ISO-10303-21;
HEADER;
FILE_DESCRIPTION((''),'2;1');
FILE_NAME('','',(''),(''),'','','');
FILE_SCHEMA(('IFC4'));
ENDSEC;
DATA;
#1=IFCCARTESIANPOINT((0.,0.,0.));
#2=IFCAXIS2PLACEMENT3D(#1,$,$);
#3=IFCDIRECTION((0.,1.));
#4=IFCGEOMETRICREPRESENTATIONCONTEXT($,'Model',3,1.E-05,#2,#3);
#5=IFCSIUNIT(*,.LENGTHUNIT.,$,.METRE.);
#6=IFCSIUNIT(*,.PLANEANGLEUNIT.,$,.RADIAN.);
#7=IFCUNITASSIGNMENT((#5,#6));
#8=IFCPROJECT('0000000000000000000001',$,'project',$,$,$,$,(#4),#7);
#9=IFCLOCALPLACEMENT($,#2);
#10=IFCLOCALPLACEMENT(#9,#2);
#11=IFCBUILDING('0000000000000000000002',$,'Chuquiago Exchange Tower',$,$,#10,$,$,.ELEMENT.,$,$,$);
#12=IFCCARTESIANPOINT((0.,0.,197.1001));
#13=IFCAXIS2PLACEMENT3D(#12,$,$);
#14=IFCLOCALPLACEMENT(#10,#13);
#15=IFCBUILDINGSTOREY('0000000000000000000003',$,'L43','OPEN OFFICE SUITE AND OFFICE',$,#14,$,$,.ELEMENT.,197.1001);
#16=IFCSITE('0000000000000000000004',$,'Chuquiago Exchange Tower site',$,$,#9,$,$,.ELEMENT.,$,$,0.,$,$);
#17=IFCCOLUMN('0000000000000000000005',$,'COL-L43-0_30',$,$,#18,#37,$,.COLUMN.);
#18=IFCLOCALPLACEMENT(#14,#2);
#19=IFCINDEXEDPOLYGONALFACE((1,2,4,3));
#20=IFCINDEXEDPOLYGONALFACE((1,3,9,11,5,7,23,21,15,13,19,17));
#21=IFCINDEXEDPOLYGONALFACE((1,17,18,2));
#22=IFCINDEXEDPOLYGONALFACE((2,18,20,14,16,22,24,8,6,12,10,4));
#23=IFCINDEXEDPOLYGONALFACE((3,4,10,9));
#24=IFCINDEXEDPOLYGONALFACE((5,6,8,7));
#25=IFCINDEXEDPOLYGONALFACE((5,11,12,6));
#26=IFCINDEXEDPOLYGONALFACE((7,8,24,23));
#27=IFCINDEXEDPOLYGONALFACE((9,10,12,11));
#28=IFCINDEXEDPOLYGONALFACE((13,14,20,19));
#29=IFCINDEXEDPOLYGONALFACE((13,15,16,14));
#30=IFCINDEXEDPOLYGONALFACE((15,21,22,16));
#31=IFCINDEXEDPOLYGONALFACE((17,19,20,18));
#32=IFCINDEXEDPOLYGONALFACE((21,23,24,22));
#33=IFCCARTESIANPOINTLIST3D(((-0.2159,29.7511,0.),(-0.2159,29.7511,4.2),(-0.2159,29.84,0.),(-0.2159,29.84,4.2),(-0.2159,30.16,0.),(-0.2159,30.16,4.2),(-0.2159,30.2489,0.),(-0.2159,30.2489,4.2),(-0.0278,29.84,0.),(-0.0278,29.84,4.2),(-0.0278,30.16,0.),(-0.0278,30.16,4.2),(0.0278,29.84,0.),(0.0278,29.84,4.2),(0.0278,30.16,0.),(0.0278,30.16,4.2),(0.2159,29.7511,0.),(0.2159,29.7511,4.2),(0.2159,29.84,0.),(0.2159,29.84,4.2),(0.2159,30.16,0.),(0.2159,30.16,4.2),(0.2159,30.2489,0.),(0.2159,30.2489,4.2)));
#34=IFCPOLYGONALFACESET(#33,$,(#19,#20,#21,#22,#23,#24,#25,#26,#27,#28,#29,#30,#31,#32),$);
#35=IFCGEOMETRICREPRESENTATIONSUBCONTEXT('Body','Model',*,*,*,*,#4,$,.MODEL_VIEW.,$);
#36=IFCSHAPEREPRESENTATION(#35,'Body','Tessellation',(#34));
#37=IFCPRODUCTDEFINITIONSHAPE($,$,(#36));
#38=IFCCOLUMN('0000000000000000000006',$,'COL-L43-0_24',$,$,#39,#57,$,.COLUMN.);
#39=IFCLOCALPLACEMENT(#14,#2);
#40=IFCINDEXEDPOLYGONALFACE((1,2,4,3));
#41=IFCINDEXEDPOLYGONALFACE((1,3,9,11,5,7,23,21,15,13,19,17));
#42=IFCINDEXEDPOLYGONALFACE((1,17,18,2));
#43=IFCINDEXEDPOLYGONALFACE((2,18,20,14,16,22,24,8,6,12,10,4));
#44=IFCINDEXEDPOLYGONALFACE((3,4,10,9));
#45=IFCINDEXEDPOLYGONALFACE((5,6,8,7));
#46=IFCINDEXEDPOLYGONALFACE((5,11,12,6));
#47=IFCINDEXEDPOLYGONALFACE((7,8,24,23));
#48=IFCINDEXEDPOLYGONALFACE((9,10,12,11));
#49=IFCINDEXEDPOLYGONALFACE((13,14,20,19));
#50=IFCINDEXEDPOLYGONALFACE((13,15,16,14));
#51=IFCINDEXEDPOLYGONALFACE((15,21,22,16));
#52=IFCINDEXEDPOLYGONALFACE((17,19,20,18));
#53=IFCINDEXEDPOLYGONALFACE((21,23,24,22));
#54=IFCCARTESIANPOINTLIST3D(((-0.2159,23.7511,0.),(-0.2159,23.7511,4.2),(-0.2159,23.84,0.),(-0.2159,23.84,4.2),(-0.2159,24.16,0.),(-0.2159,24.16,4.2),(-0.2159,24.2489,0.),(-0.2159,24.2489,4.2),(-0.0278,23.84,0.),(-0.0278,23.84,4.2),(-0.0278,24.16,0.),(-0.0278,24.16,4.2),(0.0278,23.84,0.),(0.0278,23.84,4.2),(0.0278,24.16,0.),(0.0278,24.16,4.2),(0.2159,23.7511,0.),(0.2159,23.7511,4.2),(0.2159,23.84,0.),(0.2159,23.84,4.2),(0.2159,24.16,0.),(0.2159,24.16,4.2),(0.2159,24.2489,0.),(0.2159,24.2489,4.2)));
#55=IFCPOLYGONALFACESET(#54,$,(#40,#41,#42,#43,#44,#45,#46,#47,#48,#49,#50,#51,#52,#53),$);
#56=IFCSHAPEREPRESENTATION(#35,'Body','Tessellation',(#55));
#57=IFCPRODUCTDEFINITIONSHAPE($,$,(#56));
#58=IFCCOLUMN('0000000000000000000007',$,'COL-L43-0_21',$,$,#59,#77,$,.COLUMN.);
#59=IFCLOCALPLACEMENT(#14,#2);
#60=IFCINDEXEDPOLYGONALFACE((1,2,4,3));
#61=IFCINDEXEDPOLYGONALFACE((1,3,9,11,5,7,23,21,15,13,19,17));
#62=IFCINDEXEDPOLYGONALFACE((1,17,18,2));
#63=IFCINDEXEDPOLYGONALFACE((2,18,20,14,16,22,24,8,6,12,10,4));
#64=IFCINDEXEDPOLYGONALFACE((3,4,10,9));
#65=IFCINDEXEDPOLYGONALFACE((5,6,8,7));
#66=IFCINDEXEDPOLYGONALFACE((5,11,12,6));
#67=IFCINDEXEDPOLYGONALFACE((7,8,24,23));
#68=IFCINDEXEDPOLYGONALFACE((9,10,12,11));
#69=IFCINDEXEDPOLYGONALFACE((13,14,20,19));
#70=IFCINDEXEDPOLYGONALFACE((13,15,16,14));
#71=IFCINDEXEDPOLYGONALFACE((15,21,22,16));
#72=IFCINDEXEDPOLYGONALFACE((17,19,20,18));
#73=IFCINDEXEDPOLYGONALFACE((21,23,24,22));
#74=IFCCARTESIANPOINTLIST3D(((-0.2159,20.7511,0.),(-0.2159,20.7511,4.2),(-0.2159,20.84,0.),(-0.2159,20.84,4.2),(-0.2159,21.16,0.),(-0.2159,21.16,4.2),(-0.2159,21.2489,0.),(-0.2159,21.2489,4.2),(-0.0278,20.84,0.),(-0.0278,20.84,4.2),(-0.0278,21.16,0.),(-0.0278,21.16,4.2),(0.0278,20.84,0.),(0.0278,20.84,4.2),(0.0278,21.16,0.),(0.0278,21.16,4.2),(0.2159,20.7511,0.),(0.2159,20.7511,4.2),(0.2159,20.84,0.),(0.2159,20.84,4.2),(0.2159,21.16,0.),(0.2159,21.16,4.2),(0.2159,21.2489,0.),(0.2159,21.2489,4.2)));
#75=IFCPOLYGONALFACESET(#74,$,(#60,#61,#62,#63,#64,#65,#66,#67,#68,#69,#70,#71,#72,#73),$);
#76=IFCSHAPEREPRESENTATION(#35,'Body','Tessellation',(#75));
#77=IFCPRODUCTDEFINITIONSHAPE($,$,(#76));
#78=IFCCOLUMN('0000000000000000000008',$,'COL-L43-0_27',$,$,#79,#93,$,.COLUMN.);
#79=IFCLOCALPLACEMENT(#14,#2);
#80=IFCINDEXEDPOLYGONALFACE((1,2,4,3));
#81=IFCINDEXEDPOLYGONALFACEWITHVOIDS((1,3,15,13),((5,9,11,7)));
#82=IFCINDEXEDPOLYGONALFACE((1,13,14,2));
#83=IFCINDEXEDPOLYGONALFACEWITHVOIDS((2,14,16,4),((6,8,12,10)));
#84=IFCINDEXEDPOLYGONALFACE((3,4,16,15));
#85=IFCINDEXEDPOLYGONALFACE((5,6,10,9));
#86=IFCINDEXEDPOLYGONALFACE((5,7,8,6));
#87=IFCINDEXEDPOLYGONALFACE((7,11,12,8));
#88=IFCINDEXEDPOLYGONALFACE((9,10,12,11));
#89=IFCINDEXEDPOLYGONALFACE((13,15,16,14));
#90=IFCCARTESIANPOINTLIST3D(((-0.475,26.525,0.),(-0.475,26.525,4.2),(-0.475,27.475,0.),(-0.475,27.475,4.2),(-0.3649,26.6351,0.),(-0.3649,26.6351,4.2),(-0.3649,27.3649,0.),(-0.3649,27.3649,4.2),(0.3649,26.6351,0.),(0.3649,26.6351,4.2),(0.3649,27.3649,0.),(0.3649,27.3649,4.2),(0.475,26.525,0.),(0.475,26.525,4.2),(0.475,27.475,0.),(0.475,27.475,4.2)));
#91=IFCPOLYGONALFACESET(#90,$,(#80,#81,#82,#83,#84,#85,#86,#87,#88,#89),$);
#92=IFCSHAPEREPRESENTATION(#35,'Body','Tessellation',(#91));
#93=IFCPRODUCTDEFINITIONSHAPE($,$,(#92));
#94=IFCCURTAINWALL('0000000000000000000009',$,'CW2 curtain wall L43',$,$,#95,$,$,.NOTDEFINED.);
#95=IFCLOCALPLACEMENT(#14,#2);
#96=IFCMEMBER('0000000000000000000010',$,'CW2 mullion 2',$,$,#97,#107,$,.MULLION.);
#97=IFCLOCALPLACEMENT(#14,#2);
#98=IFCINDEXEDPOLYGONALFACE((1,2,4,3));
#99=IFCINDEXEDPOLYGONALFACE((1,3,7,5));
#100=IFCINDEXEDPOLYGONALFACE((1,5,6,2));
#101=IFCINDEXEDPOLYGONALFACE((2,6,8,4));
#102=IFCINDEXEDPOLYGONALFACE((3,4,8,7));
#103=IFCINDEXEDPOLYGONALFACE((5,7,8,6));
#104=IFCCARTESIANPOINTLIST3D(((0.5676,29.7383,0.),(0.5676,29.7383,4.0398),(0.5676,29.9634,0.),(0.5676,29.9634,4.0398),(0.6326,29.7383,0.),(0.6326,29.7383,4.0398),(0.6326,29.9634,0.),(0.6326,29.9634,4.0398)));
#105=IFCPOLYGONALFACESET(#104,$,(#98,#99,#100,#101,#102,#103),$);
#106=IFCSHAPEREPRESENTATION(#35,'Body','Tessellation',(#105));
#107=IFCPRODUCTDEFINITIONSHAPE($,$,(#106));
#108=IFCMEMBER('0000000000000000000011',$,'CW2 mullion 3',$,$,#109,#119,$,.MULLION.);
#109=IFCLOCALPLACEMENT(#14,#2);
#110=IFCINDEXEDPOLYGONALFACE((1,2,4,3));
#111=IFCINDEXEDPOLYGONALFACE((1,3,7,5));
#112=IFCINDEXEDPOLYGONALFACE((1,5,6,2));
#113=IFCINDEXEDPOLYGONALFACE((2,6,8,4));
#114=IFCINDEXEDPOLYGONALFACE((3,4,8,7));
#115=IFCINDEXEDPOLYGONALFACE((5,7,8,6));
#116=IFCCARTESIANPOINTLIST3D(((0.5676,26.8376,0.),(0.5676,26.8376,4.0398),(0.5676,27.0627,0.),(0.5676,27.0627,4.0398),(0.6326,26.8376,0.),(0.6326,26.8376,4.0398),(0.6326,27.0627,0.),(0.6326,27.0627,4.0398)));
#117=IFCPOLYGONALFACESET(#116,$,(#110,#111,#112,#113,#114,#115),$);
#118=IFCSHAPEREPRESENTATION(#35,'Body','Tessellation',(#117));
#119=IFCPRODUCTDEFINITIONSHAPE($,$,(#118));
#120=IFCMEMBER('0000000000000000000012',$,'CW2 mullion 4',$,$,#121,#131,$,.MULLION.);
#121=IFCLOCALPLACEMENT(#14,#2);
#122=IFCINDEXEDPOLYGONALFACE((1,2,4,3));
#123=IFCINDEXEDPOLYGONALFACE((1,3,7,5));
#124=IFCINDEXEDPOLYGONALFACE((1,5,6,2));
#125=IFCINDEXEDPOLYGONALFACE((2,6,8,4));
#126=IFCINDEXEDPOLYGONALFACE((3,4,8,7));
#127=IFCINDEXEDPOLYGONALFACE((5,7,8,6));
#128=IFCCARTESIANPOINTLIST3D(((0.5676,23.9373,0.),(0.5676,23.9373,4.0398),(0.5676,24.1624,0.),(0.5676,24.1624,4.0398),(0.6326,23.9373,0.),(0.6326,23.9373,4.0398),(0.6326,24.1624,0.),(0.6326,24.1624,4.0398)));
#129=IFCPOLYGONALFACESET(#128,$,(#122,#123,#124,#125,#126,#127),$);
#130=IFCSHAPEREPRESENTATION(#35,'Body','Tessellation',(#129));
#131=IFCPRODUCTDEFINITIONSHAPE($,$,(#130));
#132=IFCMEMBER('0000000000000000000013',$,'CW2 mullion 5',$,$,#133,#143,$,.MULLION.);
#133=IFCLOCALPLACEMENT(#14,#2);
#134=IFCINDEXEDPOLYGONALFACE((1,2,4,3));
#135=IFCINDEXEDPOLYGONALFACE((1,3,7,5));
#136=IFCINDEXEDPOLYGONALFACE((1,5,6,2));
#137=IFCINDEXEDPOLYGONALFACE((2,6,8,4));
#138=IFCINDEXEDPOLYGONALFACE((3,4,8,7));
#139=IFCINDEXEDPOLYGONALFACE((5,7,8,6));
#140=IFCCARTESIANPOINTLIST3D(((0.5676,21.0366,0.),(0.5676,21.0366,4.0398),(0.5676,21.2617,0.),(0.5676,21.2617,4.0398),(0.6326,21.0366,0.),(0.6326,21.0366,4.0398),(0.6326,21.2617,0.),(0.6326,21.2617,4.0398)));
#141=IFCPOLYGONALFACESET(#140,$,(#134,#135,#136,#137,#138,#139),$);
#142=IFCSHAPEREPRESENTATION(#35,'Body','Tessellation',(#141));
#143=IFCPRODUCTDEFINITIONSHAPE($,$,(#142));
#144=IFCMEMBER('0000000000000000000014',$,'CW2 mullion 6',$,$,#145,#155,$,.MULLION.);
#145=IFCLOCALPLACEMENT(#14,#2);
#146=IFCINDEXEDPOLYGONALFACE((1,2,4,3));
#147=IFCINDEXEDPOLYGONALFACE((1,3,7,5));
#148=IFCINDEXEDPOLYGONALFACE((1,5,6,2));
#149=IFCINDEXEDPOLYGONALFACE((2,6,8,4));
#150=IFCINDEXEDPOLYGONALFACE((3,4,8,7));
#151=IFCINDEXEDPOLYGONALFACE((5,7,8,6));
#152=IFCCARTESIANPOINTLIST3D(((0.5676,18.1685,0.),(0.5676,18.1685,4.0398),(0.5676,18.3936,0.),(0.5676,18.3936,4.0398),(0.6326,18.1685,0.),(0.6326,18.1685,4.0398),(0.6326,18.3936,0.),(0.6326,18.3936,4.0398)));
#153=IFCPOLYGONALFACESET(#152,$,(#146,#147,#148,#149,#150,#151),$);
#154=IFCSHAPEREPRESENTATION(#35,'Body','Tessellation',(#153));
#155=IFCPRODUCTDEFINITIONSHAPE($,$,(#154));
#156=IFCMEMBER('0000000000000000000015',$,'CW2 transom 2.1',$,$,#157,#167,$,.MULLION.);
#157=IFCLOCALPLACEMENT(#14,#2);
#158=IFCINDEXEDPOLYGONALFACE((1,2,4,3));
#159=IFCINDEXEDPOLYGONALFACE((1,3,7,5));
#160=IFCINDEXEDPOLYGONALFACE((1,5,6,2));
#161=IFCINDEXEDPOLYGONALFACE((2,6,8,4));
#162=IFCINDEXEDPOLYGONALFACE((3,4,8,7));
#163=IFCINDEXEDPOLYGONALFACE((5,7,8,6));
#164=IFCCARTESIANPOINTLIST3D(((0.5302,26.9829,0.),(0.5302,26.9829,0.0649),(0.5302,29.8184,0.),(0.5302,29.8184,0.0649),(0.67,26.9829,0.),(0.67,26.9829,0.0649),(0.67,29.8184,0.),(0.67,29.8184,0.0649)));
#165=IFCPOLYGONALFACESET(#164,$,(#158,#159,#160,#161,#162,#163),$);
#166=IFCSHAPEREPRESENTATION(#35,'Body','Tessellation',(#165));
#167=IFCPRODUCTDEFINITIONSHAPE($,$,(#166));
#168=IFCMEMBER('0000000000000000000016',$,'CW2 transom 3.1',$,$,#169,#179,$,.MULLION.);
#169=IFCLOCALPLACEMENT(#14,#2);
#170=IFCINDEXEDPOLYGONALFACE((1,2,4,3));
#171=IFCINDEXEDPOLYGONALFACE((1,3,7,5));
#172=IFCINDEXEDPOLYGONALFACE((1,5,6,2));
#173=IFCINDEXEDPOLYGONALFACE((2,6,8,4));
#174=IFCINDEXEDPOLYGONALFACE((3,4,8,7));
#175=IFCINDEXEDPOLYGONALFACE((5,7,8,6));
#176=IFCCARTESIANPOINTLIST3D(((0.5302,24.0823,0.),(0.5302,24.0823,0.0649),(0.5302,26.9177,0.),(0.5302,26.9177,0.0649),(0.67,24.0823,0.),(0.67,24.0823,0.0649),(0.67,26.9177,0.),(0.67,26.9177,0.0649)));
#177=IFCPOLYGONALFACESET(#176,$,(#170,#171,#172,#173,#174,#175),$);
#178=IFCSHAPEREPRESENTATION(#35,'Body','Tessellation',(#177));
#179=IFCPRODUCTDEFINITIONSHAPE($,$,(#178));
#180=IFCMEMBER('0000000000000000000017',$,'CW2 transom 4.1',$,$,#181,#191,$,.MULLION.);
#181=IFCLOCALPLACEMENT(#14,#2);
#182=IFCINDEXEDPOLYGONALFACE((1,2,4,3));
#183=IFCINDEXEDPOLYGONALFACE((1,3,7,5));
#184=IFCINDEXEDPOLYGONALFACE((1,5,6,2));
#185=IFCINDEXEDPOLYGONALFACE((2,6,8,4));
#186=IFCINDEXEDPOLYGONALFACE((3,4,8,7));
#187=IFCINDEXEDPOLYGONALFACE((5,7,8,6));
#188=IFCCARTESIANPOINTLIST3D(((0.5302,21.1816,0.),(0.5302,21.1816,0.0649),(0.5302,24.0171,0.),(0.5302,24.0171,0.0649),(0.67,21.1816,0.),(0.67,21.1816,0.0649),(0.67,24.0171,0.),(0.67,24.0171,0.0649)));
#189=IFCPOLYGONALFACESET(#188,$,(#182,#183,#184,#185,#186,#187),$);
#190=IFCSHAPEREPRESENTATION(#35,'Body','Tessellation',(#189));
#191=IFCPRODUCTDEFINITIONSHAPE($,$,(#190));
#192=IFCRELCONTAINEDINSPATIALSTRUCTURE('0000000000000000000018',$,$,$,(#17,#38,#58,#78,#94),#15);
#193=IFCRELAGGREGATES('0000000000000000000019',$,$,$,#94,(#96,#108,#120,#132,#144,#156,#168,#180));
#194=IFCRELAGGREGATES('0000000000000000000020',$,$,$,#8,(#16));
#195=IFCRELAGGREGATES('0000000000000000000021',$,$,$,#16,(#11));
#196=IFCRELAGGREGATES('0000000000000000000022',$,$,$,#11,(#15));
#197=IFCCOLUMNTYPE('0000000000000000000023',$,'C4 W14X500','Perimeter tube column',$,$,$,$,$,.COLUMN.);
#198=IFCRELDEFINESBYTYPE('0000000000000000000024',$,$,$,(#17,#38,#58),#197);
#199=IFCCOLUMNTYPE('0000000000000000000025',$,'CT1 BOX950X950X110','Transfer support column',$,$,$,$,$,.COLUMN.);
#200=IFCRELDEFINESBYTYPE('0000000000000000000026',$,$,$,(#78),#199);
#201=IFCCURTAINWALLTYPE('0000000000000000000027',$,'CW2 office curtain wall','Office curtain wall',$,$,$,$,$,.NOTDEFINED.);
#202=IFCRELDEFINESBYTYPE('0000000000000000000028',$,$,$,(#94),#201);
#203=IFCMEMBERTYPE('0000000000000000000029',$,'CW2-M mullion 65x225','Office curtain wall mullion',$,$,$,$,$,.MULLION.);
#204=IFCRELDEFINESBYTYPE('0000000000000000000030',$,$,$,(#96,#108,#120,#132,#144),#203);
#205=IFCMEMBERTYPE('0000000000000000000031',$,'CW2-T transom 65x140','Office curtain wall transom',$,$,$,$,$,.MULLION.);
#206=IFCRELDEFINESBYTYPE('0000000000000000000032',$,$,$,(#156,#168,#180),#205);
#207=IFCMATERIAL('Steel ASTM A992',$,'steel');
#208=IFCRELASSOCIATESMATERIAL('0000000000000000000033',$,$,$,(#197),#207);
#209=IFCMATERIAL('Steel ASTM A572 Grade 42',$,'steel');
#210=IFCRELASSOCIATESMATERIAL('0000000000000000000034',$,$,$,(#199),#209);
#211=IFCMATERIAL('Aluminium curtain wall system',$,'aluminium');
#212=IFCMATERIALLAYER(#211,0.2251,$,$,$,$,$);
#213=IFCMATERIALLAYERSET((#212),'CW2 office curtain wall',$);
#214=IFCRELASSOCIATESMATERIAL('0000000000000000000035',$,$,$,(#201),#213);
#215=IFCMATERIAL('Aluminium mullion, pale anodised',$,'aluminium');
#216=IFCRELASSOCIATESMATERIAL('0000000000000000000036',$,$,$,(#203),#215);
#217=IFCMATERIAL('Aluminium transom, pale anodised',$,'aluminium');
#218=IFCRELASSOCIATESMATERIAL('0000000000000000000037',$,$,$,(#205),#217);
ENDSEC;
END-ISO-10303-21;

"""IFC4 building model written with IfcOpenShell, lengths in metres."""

from ifc_helpers import new_model, si_unit, direction, frame, origin, origin_2d, place, context, subcontext, project, spatial, rectangle, hollow_rectangle, i_section, extrude, material, layer, layer_set, material_profile, profile_set, type_object, element, aggregate, save


model = new_model("IFC4")

# Units and contexts
model_context = context("Model", 3, precision=1e-05, world=origin(), true_north=direction((0.0, 1.0)))
body_context = subcontext(model_context, "Body", "Model", "MODEL_VIEW")
ifc_project = project(units=[si_unit("LENGTHUNIT", "METRE"), si_unit("PLANEANGLEUNIT", "RADIAN")], contexts=[model_context])

# Site, building, storey
site_placement = place(None, origin())
site = spatial("IfcSite", under=ifc_project, at=site_placement, Name="Chuquiago Exchange Tower site", CompositionType="ELEMENT", RefElevation=0.0)
building_placement = place(site_placement, origin())
building = spatial("IfcBuilding", under=site, at=building_placement, Name="Chuquiago Exchange Tower", CompositionType="ELEMENT")
storey_placement = place(building_placement, frame((0.0, 0.0, 197.1001)))
storey = spatial("IfcBuildingStorey", under=building, at=storey_placement, Name="L43", Description="OPEN OFFICE SUITE AND OFFICE", CompositionType="ELEMENT", Elevation=197.1001)

# Columns
ifc_material_1 = material(Name="Steel ASTM A992", Category="steel")
ifc_material_profile_1 = material_profile(ifc_material_1, i_section(OverallWidth=0.4319, OverallDepth=0.4978, WebThickness=0.0557, FlangeThickness=0.0889, at=origin_2d()), Name="W14X500")
ifc_profile_set_1 = profile_set([ifc_material_profile_1], Name="Steel ASTM A992")
column_type_1 = type_object("IfcColumnType", Name="C4 W14X500", Description="Perimeter tube column", PredefinedType="COLUMN", material=ifc_profile_set_1)
for number, where, z_axis, x_axis, name in (
    (1, (0.0, 30.0, 0.0), (0.0, 0.0, 1.0), (-1.0, 0.0, 0.0), "COL-L43-0_30"),
    (2, (0.0, 24.0, 0.0), (0.0, 0.0, 1.0), (-1.0, 0.0, 0.0), "COL-L43-0_24"),
    (3, (0.0, 21.0, 0.0), (0.0, 0.0, 1.0), (-1.0, 0.0, 0.0), "COL-L43-0_21"),
):
    element("IfcColumn", number, at=place(storey_placement, frame(where, z_axis=z_axis, x_axis=x_axis)), inside=storey, type_object=column_type_1, Name=name, PredefinedType="COLUMN", context=body_context, shape_type="SweptSolid", body=[
        extrude(i_section(OverallWidth=0.4319, OverallDepth=0.4978, WebThickness=0.0557, FlangeThickness=0.0889, at=origin_2d()), origin(), (0.0, 0.0, 1.0), 4.2),
    ])
ifc_material_2 = material(Name="Steel ASTM A572 Grade 42", Category="steel")
ifc_material_profile_2 = material_profile(ifc_material_2, hollow_rectangle(XDim=0.95, YDim=0.95, WallThickness=0.1101, at=origin_2d()), Name="BOX950X950X110")
ifc_profile_set_2 = profile_set([ifc_material_profile_2], Name="Steel ASTM A572 Grade 42")
column_type_2 = type_object("IfcColumnType", Name="CT1 BOX950X950X110", Description="Transfer support column", PredefinedType="COLUMN", material=ifc_profile_set_2)
column_placement = place(storey_placement, frame((0.0, 27.0, 0.0), z_axis=(0.0, 0.0, 1.0), x_axis=(-1.0, 0.0, 0.0)))
element("IfcColumn", 4, at=column_placement, inside=storey, type_object=column_type_2, Name="COL-L43-0_27", PredefinedType="COLUMN", context=body_context, shape_type="SweptSolid", body=[
    extrude(hollow_rectangle(XDim=0.95, YDim=0.95, WallThickness=0.1101, at=origin_2d()), origin(), (0.0, 0.0, 1.0), 4.2),
])

# Curtain wall, members
ifc_material_3 = material(Name="Aluminium curtain wall system", Category="aluminium")
ifc_layer_1 = layer(ifc_material_3, 0.2251)
ifc_layer_set_1 = layer_set([ifc_layer_1], Name="CW2 office curtain wall")
curtain_wall_type = type_object("IfcCurtainWallType", Name="CW2 office curtain wall", Description="Office curtain wall", PredefinedType="NOTDEFINED", material=ifc_layer_set_1)
curtain_wall_placement = place(storey_placement, origin())
curtain_wall = element("IfcCurtainWall", 5, at=curtain_wall_placement, inside=storey, type_object=curtain_wall_type, Name="CW2 curtain wall L43", PredefinedType="NOTDEFINED")
ifc_material_4 = material(Name="Aluminium mullion, pale anodised", Category="aluminium")
ifc_material_profile_3 = material_profile(ifc_material_4, rectangle(XDim=0.0649, YDim=0.2251, at=origin_2d()), Name="AL 65x225")
ifc_profile_set_3 = profile_set([ifc_material_profile_3], Name="Aluminium mullion, pale anodised")
member_type_1 = type_object("IfcMemberType", Name="CW2-M mullion 65x225", Description="Office curtain wall mullion", PredefinedType="MULLION", material=ifc_profile_set_3)
member_1_placement = place(storey_placement, frame((0.6001, 29.8508, 0.0), z_axis=(0.0, 0.0, 1.0), x_axis=(1.0, 0.0, 0.0)))
member_1 = element("IfcMember", 6, at=member_1_placement, type_object=member_type_1, Name="CW2 mullion 2", PredefinedType="MULLION", context=body_context, shape_type="SweptSolid", body=[
    extrude(rectangle(XDim=0.0649, YDim=0.2251, at=origin_2d()), origin(), (0.0, 0.0, 1.0), 4.0398),
])
member_2_placement = place(storey_placement, frame((0.6001, 26.9502, 0.0), z_axis=(0.0, 0.0, 1.0), x_axis=(1.0, 0.0, 0.0)))
member_2 = element("IfcMember", 7, at=member_2_placement, type_object=member_type_1, Name="CW2 mullion 3", PredefinedType="MULLION", context=body_context, shape_type="SweptSolid", body=[
    extrude(rectangle(XDim=0.0649, YDim=0.2251, at=origin_2d()), origin(), (0.0, 0.0, 1.0), 4.0398),
])
member_3_placement = place(storey_placement, frame((0.6001, 24.0498, 0.0), z_axis=(0.0, 0.0, 1.0), x_axis=(1.0, 0.0, 0.0)))
member_3 = element("IfcMember", 8, at=member_3_placement, type_object=member_type_1, Name="CW2 mullion 4", PredefinedType="MULLION", context=body_context, shape_type="SweptSolid", body=[
    extrude(rectangle(XDim=0.0649, YDim=0.2251, at=origin_2d()), origin(), (0.0, 0.0, 1.0), 4.0398),
])
member_4_placement = place(storey_placement, frame((0.6001, 21.1492, 0.0), z_axis=(0.0, 0.0, 1.0), x_axis=(1.0, 0.0, 0.0)))
member_4 = element("IfcMember", 9, at=member_4_placement, type_object=member_type_1, Name="CW2 mullion 5", PredefinedType="MULLION", context=body_context, shape_type="SweptSolid", body=[
    extrude(rectangle(XDim=0.0649, YDim=0.2251, at=origin_2d()), origin(), (0.0, 0.0, 1.0), 4.0398),
])
member_5_placement = place(storey_placement, frame((0.6001, 18.281, 0.0), z_axis=(0.0, 0.0, 1.0), x_axis=(1.0, 0.0, 0.0)))
member_5 = element("IfcMember", 10, at=member_5_placement, type_object=member_type_1, Name="CW2 mullion 6", PredefinedType="MULLION", context=body_context, shape_type="SweptSolid", body=[
    extrude(rectangle(XDim=0.0649, YDim=0.2251, at=origin_2d()), origin(), (0.0, 0.0, 1.0), 4.0398),
])
ifc_material_5 = material(Name="Aluminium transom, pale anodised", Category="aluminium")
ifc_material_profile_4 = material_profile(ifc_material_5, rectangle(XDim=0.1399, YDim=0.0649, at=origin_2d()), Name="AL 140x65")
ifc_profile_set_4 = profile_set([ifc_material_profile_4], Name="Aluminium transom, pale anodised")
member_type_2 = type_object("IfcMemberType", Name="CW2-T transom 65x140", Description="Office curtain wall transom", PredefinedType="MULLION", material=ifc_profile_set_4)
member_6_placement = place(storey_placement, frame((0.6001, 29.8184, 0.0325), z_axis=(0.0, -1.0, 0.0), x_axis=(1.0, 0.0, 0.0)))
member_6 = element("IfcMember", 11, at=member_6_placement, type_object=member_type_2, Name="CW2 transom 2.1", PredefinedType="MULLION", context=body_context, shape_type="SweptSolid", body=[
    extrude(rectangle(XDim=0.1399, YDim=0.0649, at=origin_2d()), origin(), (0.0, 0.0, 1.0), 2.8354),
])
member_7_placement = place(storey_placement, frame((0.6001, 26.9177, 0.0325), z_axis=(0.0, -1.0, 0.0), x_axis=(1.0, 0.0, 0.0)))
member_7 = element("IfcMember", 12, at=member_7_placement, type_object=member_type_2, Name="CW2 transom 3.1", PredefinedType="MULLION", context=body_context, shape_type="SweptSolid", body=[
    extrude(rectangle(XDim=0.1399, YDim=0.0649, at=origin_2d()), origin(), (0.0, 0.0, 1.0), 2.8354),
])
member_8_placement = place(storey_placement, frame((0.6001, 24.0171, 0.0325), z_axis=(0.0, -1.0, 0.0), x_axis=(1.0, 0.0, 0.0)))
member_8 = element("IfcMember", 13, at=member_8_placement, type_object=member_type_2, Name="CW2 transom 4.1", PredefinedType="MULLION", context=body_context, shape_type="SweptSolid", body=[
    extrude(rectangle(XDim=0.1399, YDim=0.0649, at=origin_2d()), origin(), (0.0, 0.0, 1.0), 2.8354),
])

aggregate(curtain_wall, [member_1, member_2, member_3, member_4, member_5, member_6, member_7, member_8])

save(model, "model.ifc")
